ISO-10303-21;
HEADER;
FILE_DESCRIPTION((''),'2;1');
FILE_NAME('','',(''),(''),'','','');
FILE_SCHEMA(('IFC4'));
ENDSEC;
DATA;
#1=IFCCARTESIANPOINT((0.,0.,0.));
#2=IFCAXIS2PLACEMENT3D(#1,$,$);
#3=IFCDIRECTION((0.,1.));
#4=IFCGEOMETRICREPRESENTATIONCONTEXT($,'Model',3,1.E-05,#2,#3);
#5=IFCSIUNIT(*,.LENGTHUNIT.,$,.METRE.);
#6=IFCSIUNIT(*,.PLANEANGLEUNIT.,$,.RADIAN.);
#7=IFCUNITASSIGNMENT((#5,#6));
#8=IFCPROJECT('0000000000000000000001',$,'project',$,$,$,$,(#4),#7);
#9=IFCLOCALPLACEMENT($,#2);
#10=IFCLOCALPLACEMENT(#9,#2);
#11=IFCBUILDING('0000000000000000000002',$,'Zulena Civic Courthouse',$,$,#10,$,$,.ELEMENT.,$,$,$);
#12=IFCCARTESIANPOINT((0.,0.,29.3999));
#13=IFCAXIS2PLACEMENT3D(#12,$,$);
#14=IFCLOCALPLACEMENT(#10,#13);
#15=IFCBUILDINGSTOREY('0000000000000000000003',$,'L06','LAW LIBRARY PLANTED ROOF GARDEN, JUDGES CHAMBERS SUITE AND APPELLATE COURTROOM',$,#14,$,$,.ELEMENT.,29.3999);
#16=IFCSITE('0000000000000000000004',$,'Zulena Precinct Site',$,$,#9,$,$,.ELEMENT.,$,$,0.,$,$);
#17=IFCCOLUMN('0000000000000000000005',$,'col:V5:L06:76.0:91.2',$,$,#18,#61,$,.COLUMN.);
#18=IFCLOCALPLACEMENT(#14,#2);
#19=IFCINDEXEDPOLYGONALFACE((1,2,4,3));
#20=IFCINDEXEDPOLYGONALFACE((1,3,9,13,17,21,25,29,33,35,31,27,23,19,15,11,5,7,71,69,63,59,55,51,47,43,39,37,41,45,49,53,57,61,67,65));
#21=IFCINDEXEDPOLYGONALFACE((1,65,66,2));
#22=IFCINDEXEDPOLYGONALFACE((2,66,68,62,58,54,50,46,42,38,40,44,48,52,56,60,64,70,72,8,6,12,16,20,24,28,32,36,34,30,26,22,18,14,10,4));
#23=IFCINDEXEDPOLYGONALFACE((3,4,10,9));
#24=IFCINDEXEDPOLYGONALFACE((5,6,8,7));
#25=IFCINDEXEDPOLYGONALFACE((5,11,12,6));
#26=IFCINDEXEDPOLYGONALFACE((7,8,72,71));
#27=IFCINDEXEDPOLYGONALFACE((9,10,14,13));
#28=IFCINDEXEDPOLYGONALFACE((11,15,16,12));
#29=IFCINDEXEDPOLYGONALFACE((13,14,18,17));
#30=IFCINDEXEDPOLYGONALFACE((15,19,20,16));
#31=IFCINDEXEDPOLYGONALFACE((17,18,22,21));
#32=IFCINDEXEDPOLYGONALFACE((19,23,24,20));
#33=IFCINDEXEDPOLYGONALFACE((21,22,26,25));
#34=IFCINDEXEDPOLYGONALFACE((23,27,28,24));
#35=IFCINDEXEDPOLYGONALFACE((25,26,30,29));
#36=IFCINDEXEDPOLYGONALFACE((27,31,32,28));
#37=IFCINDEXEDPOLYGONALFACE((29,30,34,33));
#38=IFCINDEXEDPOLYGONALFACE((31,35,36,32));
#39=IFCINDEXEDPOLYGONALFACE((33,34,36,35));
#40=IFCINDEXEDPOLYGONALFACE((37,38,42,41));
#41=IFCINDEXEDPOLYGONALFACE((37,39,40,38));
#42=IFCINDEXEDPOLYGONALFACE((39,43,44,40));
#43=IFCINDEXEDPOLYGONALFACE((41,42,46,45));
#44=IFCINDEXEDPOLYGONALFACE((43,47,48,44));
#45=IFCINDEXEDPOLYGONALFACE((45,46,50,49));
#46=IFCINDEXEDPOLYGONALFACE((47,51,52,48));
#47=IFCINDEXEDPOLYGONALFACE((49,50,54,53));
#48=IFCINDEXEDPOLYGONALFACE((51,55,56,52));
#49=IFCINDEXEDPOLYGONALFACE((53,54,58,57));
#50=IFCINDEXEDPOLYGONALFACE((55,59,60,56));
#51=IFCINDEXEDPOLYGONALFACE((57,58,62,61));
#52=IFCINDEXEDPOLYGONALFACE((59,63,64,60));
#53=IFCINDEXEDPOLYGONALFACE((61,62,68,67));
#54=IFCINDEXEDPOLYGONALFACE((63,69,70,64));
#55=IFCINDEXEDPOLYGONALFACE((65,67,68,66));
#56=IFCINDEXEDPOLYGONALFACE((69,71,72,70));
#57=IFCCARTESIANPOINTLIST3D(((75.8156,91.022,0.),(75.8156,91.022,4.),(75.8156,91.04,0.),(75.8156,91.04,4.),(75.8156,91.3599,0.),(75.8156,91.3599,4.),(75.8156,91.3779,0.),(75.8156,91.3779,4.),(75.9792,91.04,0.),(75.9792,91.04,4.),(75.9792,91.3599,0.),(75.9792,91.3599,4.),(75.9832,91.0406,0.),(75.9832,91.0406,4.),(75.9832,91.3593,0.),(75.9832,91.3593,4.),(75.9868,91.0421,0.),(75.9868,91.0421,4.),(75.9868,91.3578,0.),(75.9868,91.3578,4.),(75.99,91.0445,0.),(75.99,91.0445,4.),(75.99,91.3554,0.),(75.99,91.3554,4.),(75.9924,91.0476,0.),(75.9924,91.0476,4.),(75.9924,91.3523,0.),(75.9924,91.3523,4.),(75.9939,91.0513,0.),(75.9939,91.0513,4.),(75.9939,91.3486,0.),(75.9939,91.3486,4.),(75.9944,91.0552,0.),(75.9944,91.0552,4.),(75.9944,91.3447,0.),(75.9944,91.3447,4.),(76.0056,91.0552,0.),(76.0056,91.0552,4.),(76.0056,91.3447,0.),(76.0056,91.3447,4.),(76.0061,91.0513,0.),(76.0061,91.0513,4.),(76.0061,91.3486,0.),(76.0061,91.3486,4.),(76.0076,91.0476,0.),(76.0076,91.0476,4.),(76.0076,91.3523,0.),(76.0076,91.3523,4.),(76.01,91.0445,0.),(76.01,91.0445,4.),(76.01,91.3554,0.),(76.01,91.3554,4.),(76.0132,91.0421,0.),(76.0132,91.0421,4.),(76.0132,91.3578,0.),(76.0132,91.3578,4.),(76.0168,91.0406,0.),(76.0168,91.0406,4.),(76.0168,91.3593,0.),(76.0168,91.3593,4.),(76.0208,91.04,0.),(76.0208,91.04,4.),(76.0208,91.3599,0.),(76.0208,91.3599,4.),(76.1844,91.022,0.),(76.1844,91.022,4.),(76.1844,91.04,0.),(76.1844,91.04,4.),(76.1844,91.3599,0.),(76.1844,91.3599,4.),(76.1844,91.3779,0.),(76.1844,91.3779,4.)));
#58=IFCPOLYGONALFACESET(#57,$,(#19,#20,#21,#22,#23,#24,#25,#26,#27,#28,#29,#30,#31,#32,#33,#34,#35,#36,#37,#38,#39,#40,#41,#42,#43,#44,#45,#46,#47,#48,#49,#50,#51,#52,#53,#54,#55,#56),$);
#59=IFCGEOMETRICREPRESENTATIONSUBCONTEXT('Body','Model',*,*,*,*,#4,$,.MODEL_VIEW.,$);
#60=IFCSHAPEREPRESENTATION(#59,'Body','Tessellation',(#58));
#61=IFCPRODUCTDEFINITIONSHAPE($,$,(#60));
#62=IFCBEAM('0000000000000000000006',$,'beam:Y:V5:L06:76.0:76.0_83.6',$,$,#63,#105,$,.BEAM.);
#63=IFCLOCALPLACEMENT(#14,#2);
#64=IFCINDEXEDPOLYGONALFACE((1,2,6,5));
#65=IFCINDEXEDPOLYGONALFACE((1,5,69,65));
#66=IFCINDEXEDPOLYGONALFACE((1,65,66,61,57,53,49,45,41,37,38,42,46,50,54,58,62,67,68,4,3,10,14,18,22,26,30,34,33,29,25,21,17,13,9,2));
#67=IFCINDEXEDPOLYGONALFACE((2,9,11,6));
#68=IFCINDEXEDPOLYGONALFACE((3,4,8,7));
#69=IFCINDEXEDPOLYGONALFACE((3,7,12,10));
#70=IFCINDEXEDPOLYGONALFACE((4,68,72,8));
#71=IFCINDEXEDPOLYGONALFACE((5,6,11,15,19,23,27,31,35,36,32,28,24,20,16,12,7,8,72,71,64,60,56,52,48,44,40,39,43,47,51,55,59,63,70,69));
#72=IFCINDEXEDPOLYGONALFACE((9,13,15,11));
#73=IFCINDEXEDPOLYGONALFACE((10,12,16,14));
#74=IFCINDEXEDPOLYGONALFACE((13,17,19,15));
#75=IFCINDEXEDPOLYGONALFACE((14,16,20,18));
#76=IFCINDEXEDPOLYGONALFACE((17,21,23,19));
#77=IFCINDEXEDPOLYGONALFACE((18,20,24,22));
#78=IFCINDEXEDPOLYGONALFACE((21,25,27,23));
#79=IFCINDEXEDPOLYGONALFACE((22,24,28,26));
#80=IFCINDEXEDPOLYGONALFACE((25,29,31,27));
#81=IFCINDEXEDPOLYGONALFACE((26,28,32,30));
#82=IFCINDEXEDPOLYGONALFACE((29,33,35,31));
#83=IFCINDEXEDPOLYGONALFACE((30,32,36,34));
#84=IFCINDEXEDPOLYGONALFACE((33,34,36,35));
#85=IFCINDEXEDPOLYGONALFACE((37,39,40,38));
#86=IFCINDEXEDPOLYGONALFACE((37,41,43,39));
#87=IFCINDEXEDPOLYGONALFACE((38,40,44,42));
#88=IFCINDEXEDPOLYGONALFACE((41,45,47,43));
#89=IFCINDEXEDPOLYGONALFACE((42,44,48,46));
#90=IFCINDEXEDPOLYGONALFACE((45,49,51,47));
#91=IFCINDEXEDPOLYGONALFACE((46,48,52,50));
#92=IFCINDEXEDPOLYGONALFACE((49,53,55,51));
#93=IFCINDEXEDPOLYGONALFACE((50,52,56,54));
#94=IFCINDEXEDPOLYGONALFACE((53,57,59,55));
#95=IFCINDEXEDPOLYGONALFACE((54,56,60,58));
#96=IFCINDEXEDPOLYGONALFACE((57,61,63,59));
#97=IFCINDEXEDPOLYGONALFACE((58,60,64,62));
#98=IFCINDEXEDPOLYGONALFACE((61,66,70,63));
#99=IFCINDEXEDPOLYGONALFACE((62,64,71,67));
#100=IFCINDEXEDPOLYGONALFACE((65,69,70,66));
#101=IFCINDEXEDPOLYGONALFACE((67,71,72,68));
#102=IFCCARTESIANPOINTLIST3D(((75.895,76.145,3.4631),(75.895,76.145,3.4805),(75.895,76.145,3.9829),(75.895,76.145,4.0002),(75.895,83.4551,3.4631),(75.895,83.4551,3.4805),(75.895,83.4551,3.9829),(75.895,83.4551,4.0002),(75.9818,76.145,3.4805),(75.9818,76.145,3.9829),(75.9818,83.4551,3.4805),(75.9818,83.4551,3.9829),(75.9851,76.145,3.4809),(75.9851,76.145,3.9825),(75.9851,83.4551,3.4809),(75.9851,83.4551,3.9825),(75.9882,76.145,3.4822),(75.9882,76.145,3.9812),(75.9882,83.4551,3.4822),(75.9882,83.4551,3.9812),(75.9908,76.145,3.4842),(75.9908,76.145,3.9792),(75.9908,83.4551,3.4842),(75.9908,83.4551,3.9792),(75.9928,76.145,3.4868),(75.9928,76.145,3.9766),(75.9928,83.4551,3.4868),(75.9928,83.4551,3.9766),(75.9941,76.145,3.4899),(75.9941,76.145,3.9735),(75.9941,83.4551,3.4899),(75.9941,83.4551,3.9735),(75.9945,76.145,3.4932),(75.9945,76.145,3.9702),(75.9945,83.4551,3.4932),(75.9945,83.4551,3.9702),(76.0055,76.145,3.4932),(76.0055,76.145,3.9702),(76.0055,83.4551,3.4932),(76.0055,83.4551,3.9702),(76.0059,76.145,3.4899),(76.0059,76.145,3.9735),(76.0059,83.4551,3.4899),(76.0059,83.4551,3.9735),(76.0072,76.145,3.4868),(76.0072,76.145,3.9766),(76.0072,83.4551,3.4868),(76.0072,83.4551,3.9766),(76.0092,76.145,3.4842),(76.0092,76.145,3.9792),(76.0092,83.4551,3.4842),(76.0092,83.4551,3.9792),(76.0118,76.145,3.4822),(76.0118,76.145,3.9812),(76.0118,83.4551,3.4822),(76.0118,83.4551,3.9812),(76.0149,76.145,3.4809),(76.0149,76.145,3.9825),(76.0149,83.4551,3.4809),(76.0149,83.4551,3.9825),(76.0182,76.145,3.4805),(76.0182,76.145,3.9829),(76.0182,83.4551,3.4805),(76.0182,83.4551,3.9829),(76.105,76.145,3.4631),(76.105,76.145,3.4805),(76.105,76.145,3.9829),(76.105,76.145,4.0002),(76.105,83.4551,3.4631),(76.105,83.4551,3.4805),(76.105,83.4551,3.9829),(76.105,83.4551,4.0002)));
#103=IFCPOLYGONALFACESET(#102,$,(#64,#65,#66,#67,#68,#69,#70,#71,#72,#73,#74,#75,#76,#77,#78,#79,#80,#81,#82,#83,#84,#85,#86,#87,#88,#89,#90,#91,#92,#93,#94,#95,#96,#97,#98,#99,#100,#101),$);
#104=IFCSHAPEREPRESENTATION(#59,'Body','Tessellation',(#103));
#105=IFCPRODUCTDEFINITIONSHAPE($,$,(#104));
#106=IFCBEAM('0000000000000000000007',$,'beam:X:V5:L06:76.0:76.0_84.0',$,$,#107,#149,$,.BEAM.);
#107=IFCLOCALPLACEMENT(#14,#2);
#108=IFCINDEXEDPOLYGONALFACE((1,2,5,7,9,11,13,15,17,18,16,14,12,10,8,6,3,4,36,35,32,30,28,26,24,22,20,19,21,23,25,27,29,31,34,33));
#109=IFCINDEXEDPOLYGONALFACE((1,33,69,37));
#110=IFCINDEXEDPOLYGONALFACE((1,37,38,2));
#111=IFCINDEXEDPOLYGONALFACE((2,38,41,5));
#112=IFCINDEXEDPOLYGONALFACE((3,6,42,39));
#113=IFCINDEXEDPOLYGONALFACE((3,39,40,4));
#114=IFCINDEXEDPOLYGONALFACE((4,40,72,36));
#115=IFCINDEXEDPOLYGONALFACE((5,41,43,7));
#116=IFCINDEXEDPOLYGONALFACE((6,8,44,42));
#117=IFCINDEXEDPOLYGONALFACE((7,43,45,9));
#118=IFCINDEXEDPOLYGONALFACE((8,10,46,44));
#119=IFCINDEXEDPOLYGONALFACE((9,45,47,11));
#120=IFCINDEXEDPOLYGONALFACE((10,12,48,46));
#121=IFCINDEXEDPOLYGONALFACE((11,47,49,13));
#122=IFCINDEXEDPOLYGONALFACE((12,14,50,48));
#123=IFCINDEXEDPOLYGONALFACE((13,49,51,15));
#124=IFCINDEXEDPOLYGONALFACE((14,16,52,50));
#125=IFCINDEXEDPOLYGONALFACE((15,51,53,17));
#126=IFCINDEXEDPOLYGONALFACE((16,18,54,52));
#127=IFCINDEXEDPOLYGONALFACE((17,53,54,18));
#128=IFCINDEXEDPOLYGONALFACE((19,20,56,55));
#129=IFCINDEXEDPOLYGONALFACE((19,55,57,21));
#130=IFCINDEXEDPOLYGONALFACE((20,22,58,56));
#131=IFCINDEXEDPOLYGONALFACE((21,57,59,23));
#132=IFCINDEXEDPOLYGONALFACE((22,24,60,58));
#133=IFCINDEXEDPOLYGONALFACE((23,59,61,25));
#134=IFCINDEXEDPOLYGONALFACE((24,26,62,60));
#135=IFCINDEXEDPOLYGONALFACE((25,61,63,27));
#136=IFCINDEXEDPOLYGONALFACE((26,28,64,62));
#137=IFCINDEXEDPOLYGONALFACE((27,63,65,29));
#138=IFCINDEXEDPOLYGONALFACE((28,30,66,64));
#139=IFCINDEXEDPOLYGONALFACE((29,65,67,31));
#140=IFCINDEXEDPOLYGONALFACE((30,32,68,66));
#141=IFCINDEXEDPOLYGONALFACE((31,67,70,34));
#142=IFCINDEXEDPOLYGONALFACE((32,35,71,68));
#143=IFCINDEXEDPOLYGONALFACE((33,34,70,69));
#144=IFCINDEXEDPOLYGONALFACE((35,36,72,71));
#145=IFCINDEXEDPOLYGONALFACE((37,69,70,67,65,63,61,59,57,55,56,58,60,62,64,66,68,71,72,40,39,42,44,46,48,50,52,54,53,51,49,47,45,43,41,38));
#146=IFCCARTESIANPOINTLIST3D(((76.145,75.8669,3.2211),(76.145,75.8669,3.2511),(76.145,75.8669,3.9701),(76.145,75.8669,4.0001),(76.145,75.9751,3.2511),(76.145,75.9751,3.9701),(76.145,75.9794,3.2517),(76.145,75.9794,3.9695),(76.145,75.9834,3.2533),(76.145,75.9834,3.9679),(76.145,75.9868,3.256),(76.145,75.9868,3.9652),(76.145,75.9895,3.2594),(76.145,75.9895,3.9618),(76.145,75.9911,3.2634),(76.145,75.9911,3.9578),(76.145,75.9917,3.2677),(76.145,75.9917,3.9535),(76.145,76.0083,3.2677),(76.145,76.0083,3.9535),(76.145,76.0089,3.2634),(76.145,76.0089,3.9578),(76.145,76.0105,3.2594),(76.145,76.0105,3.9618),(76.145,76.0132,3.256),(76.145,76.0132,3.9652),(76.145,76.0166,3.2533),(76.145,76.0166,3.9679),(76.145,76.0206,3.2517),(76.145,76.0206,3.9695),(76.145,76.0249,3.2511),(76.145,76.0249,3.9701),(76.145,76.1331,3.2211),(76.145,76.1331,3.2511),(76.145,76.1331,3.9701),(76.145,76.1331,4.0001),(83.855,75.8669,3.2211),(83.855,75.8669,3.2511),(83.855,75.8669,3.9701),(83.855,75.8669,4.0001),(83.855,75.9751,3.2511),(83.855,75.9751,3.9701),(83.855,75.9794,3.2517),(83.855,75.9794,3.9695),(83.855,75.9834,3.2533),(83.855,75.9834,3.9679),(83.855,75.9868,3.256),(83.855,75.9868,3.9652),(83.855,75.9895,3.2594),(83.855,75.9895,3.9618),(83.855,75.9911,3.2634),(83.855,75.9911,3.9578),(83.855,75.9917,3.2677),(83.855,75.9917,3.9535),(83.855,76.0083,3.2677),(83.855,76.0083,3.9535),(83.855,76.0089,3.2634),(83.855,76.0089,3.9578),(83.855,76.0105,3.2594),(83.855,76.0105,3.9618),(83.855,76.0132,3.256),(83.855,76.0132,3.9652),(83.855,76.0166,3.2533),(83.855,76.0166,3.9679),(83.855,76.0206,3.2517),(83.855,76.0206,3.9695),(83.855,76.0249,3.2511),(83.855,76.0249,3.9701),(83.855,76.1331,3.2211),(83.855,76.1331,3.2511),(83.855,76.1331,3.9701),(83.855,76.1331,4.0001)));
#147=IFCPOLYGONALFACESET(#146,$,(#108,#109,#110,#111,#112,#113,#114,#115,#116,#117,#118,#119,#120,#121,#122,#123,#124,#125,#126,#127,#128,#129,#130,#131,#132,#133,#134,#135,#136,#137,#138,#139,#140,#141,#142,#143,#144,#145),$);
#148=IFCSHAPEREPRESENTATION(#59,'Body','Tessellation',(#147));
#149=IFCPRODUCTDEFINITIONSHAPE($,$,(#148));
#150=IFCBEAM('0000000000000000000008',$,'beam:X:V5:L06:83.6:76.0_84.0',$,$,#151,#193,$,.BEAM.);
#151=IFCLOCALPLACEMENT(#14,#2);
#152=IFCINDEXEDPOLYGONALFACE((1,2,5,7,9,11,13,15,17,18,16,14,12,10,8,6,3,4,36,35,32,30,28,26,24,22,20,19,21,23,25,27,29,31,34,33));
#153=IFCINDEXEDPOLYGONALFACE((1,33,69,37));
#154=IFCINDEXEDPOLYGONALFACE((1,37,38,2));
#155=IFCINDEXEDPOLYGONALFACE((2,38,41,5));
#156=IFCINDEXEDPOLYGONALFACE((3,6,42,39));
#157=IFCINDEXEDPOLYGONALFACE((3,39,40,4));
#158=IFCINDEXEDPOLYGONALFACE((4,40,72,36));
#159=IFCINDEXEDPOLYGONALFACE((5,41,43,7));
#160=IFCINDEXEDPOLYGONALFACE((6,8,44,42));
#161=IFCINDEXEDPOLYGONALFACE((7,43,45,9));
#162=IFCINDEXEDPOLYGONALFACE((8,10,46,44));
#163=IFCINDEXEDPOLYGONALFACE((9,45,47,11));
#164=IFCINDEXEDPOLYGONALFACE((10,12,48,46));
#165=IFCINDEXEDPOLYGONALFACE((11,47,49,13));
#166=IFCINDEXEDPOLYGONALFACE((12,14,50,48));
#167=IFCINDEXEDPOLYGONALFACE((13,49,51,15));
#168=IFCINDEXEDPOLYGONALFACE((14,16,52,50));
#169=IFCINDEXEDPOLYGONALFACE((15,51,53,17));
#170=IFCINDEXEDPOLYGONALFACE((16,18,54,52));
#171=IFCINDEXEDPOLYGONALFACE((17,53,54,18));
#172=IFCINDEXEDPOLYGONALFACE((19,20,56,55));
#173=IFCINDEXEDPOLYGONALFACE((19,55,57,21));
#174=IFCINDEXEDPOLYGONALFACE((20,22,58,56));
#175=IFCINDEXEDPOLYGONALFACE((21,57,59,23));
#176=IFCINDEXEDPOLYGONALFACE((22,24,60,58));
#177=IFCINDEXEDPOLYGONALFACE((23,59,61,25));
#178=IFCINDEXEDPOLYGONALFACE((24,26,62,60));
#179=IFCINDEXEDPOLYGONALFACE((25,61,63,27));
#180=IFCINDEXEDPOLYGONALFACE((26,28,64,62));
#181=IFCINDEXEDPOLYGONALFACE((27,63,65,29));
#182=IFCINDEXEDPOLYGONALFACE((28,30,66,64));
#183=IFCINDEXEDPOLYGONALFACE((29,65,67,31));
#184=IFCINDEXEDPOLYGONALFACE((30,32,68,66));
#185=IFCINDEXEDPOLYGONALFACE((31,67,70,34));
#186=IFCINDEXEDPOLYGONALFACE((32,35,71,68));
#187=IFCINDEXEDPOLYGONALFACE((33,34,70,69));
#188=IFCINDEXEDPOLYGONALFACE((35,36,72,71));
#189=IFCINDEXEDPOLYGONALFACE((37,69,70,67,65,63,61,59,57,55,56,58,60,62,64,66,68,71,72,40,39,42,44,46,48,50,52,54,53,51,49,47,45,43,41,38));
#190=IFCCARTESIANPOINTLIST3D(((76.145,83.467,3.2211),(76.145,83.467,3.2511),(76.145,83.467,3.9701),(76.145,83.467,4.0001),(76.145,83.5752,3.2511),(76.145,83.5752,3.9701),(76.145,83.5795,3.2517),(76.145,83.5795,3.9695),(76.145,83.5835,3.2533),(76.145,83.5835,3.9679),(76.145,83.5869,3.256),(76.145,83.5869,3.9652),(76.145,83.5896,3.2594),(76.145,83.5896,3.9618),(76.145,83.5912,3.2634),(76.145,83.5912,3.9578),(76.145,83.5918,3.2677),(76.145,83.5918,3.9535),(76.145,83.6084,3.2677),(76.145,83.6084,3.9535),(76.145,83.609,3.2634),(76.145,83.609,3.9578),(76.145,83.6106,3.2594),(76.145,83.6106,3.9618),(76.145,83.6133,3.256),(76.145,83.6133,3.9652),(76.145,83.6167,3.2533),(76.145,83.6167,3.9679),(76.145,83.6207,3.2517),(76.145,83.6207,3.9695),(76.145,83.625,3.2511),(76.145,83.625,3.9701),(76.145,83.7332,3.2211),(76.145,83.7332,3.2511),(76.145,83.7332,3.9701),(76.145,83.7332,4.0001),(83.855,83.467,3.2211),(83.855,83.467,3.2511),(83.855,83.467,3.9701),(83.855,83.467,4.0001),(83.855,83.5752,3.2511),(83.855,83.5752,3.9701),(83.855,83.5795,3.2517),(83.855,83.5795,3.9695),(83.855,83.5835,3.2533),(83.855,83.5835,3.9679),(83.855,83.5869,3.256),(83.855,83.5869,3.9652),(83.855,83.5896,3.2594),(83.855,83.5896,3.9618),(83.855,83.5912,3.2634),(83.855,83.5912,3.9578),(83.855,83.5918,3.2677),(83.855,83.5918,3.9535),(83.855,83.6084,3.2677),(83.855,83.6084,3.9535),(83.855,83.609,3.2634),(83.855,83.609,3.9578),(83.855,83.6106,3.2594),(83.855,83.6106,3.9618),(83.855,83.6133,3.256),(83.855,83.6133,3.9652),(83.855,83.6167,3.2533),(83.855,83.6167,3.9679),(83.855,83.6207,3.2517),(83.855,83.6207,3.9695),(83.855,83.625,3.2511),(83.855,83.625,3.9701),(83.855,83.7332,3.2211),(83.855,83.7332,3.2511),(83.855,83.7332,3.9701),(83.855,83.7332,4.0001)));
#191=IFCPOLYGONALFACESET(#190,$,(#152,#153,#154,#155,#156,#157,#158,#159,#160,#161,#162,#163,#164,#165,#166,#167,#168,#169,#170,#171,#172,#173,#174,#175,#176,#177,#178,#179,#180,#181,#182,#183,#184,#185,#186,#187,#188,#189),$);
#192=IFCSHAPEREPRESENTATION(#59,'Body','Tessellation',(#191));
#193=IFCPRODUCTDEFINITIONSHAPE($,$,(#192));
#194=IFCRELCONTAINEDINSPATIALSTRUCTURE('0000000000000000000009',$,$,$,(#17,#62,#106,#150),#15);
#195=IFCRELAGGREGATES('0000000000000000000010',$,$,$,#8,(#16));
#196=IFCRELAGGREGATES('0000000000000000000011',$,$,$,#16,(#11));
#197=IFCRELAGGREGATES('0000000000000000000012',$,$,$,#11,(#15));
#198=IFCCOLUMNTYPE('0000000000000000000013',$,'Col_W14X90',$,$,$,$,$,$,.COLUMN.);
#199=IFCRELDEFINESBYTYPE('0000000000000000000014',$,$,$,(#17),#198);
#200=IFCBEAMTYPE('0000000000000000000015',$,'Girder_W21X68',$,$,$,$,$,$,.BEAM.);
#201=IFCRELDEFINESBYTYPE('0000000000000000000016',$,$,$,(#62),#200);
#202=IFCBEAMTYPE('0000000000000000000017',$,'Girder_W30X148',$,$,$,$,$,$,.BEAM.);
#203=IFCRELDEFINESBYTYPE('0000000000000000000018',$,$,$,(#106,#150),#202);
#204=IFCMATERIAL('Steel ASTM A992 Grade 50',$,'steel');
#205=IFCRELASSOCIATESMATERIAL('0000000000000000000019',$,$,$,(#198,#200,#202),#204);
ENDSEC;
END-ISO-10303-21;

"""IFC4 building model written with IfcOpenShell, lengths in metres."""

from ifc_helpers import new_model, si_unit, direction, frame, origin, origin_2d, place, context, subcontext, project, spatial, i_section, extrude, material, material_profile, profile_set, type_object, element, save


model = new_model("IFC4")

# Units and contexts
model_context = context("Model", 3, precision=1e-05, world=origin(), true_north=direction((0.0, 1.0)))
body_context = subcontext(model_context, "Body", "Model", "MODEL_VIEW")
ifc_project = project(units=[si_unit("LENGTHUNIT", "METRE"), si_unit("PLANEANGLEUNIT", "RADIAN")], contexts=[model_context])

# Site, building, storey
site_placement = place(None, origin())
site = spatial("IfcSite", under=ifc_project, at=site_placement, Name="Zulena Precinct Site", CompositionType="ELEMENT", RefElevation=0.0)
building_placement = place(site_placement, origin())
building = spatial("IfcBuilding", under=site, at=building_placement, Name="Zulena Civic Courthouse", CompositionType="ELEMENT")
storey_placement = place(building_placement, frame((0.0, 0.0, 29.3999)))
storey = spatial("IfcBuildingStorey", under=building, at=storey_placement, Name="L06", Description="LAW LIBRARY PLANTED ROOF GARDEN, JUDGES CHAMBERS SUITE AND APPELLATE COURTROOM", CompositionType="ELEMENT", Elevation=29.3999)

# Column
ifc_material_1 = material(Name="Steel ASTM A992 Grade 50", Category="steel")
ifc_material_profile_1 = material_profile(ifc_material_1, i_section(OverallWidth=0.3689, OverallDepth=0.356, WebThickness=0.0112, FlangeThickness=0.0181, FilletRadius=0.0151, at=origin_2d()), Name="W14X90")
ifc_profile_set_1 = profile_set([ifc_material_profile_1], Name="Steel ASTM A992 Grade 50")
column_type_1 = type_object("IfcColumnType", Name="Col_W14X90", PredefinedType="COLUMN", material=ifc_profile_set_1)
column_placement = place(storey_placement, frame((76.0, 91.2, 0.0), z_axis=(0.0, 0.0, 1.0), x_axis=(1.0, 0.0, 0.0)))
element("IfcColumn", 1, at=column_placement, inside=storey, type_object=column_type_1, Name="col:V5:L06:76.0:91.2", PredefinedType="COLUMN", context=body_context, shape_type="SweptSolid", body=[
    extrude(i_section(OverallWidth=0.3689, OverallDepth=0.356, WebThickness=0.0112, FlangeThickness=0.0181, FilletRadius=0.0151, at=origin_2d()), origin(), (0.0, 0.0, 1.0), 4.0),
])

# Beams
ifc_material_profile_2 = material_profile(ifc_material_1, i_section(OverallWidth=0.21, OverallDepth=0.5371, WebThickness=0.011, FlangeThickness=0.0173, FilletRadius=0.0127, at=origin_2d()), Name="W21X68")
ifc_profile_set_2 = profile_set([ifc_material_profile_2], Name="Steel ASTM A992 Grade 50")
beam_type_1 = type_object("IfcBeamType", Name="Girder_W21X68", PredefinedType="BEAM", material=ifc_profile_set_2)
beam_1_placement = place(storey_placement, frame((76.0, 76.145, 3.7317), z_axis=(0.0, 1.0, 0.0), x_axis=(-1.0, 0.0, 0.0)))
element("IfcBeam", 2, at=beam_1_placement, inside=storey, type_object=beam_type_1, Name="beam:Y:V5:L06:76.0:76.0_83.6", PredefinedType="BEAM", context=body_context, shape_type="SweptSolid", body=[
    extrude(i_section(OverallWidth=0.21, OverallDepth=0.5371, WebThickness=0.011, FlangeThickness=0.0173, FilletRadius=0.0127, at=origin_2d()), origin(), (0.0, 0.0, 1.0), 7.3101),
])
ifc_material_profile_3 = material_profile(ifc_material_1, i_section(OverallWidth=0.2661, OverallDepth=0.7791, WebThickness=0.0166, FlangeThickness=0.03, FilletRadius=0.0166, at=origin_2d()), Name="W30X148")
ifc_profile_set_3 = profile_set([ifc_material_profile_3], Name="Steel ASTM A992 Grade 50")
beam_type_2 = type_object("IfcBeamType", Name="Girder_W30X148", PredefinedType="BEAM", material=ifc_profile_set_3)
for number, where, z_axis, x_axis, name in (
    (3, (76.145, 76.0, 3.6106), (1.0, 0.0, 0.0), (0.0, 1.0, 0.0), "beam:X:V5:L06:76.0:76.0_84.0"),
    (4, (76.145, 83.6001, 3.6106), (1.0, 0.0, 0.0), (0.0, 1.0, 0.0), "beam:X:V5:L06:83.6:76.0_84.0"),
):
    element("IfcBeam", number, at=place(storey_placement, frame(where, z_axis=z_axis, x_axis=x_axis)), inside=storey, type_object=beam_type_2, Name=name, PredefinedType="BEAM", context=body_context, shape_type="SweptSolid", body=[
        extrude(i_section(OverallWidth=0.2661, OverallDepth=0.7791, WebThickness=0.0166, FlangeThickness=0.03, FilletRadius=0.0166, at=origin_2d()), origin(), (0.0, 0.0, 1.0), 7.71),
    ])

save(model, "model.ifc")
